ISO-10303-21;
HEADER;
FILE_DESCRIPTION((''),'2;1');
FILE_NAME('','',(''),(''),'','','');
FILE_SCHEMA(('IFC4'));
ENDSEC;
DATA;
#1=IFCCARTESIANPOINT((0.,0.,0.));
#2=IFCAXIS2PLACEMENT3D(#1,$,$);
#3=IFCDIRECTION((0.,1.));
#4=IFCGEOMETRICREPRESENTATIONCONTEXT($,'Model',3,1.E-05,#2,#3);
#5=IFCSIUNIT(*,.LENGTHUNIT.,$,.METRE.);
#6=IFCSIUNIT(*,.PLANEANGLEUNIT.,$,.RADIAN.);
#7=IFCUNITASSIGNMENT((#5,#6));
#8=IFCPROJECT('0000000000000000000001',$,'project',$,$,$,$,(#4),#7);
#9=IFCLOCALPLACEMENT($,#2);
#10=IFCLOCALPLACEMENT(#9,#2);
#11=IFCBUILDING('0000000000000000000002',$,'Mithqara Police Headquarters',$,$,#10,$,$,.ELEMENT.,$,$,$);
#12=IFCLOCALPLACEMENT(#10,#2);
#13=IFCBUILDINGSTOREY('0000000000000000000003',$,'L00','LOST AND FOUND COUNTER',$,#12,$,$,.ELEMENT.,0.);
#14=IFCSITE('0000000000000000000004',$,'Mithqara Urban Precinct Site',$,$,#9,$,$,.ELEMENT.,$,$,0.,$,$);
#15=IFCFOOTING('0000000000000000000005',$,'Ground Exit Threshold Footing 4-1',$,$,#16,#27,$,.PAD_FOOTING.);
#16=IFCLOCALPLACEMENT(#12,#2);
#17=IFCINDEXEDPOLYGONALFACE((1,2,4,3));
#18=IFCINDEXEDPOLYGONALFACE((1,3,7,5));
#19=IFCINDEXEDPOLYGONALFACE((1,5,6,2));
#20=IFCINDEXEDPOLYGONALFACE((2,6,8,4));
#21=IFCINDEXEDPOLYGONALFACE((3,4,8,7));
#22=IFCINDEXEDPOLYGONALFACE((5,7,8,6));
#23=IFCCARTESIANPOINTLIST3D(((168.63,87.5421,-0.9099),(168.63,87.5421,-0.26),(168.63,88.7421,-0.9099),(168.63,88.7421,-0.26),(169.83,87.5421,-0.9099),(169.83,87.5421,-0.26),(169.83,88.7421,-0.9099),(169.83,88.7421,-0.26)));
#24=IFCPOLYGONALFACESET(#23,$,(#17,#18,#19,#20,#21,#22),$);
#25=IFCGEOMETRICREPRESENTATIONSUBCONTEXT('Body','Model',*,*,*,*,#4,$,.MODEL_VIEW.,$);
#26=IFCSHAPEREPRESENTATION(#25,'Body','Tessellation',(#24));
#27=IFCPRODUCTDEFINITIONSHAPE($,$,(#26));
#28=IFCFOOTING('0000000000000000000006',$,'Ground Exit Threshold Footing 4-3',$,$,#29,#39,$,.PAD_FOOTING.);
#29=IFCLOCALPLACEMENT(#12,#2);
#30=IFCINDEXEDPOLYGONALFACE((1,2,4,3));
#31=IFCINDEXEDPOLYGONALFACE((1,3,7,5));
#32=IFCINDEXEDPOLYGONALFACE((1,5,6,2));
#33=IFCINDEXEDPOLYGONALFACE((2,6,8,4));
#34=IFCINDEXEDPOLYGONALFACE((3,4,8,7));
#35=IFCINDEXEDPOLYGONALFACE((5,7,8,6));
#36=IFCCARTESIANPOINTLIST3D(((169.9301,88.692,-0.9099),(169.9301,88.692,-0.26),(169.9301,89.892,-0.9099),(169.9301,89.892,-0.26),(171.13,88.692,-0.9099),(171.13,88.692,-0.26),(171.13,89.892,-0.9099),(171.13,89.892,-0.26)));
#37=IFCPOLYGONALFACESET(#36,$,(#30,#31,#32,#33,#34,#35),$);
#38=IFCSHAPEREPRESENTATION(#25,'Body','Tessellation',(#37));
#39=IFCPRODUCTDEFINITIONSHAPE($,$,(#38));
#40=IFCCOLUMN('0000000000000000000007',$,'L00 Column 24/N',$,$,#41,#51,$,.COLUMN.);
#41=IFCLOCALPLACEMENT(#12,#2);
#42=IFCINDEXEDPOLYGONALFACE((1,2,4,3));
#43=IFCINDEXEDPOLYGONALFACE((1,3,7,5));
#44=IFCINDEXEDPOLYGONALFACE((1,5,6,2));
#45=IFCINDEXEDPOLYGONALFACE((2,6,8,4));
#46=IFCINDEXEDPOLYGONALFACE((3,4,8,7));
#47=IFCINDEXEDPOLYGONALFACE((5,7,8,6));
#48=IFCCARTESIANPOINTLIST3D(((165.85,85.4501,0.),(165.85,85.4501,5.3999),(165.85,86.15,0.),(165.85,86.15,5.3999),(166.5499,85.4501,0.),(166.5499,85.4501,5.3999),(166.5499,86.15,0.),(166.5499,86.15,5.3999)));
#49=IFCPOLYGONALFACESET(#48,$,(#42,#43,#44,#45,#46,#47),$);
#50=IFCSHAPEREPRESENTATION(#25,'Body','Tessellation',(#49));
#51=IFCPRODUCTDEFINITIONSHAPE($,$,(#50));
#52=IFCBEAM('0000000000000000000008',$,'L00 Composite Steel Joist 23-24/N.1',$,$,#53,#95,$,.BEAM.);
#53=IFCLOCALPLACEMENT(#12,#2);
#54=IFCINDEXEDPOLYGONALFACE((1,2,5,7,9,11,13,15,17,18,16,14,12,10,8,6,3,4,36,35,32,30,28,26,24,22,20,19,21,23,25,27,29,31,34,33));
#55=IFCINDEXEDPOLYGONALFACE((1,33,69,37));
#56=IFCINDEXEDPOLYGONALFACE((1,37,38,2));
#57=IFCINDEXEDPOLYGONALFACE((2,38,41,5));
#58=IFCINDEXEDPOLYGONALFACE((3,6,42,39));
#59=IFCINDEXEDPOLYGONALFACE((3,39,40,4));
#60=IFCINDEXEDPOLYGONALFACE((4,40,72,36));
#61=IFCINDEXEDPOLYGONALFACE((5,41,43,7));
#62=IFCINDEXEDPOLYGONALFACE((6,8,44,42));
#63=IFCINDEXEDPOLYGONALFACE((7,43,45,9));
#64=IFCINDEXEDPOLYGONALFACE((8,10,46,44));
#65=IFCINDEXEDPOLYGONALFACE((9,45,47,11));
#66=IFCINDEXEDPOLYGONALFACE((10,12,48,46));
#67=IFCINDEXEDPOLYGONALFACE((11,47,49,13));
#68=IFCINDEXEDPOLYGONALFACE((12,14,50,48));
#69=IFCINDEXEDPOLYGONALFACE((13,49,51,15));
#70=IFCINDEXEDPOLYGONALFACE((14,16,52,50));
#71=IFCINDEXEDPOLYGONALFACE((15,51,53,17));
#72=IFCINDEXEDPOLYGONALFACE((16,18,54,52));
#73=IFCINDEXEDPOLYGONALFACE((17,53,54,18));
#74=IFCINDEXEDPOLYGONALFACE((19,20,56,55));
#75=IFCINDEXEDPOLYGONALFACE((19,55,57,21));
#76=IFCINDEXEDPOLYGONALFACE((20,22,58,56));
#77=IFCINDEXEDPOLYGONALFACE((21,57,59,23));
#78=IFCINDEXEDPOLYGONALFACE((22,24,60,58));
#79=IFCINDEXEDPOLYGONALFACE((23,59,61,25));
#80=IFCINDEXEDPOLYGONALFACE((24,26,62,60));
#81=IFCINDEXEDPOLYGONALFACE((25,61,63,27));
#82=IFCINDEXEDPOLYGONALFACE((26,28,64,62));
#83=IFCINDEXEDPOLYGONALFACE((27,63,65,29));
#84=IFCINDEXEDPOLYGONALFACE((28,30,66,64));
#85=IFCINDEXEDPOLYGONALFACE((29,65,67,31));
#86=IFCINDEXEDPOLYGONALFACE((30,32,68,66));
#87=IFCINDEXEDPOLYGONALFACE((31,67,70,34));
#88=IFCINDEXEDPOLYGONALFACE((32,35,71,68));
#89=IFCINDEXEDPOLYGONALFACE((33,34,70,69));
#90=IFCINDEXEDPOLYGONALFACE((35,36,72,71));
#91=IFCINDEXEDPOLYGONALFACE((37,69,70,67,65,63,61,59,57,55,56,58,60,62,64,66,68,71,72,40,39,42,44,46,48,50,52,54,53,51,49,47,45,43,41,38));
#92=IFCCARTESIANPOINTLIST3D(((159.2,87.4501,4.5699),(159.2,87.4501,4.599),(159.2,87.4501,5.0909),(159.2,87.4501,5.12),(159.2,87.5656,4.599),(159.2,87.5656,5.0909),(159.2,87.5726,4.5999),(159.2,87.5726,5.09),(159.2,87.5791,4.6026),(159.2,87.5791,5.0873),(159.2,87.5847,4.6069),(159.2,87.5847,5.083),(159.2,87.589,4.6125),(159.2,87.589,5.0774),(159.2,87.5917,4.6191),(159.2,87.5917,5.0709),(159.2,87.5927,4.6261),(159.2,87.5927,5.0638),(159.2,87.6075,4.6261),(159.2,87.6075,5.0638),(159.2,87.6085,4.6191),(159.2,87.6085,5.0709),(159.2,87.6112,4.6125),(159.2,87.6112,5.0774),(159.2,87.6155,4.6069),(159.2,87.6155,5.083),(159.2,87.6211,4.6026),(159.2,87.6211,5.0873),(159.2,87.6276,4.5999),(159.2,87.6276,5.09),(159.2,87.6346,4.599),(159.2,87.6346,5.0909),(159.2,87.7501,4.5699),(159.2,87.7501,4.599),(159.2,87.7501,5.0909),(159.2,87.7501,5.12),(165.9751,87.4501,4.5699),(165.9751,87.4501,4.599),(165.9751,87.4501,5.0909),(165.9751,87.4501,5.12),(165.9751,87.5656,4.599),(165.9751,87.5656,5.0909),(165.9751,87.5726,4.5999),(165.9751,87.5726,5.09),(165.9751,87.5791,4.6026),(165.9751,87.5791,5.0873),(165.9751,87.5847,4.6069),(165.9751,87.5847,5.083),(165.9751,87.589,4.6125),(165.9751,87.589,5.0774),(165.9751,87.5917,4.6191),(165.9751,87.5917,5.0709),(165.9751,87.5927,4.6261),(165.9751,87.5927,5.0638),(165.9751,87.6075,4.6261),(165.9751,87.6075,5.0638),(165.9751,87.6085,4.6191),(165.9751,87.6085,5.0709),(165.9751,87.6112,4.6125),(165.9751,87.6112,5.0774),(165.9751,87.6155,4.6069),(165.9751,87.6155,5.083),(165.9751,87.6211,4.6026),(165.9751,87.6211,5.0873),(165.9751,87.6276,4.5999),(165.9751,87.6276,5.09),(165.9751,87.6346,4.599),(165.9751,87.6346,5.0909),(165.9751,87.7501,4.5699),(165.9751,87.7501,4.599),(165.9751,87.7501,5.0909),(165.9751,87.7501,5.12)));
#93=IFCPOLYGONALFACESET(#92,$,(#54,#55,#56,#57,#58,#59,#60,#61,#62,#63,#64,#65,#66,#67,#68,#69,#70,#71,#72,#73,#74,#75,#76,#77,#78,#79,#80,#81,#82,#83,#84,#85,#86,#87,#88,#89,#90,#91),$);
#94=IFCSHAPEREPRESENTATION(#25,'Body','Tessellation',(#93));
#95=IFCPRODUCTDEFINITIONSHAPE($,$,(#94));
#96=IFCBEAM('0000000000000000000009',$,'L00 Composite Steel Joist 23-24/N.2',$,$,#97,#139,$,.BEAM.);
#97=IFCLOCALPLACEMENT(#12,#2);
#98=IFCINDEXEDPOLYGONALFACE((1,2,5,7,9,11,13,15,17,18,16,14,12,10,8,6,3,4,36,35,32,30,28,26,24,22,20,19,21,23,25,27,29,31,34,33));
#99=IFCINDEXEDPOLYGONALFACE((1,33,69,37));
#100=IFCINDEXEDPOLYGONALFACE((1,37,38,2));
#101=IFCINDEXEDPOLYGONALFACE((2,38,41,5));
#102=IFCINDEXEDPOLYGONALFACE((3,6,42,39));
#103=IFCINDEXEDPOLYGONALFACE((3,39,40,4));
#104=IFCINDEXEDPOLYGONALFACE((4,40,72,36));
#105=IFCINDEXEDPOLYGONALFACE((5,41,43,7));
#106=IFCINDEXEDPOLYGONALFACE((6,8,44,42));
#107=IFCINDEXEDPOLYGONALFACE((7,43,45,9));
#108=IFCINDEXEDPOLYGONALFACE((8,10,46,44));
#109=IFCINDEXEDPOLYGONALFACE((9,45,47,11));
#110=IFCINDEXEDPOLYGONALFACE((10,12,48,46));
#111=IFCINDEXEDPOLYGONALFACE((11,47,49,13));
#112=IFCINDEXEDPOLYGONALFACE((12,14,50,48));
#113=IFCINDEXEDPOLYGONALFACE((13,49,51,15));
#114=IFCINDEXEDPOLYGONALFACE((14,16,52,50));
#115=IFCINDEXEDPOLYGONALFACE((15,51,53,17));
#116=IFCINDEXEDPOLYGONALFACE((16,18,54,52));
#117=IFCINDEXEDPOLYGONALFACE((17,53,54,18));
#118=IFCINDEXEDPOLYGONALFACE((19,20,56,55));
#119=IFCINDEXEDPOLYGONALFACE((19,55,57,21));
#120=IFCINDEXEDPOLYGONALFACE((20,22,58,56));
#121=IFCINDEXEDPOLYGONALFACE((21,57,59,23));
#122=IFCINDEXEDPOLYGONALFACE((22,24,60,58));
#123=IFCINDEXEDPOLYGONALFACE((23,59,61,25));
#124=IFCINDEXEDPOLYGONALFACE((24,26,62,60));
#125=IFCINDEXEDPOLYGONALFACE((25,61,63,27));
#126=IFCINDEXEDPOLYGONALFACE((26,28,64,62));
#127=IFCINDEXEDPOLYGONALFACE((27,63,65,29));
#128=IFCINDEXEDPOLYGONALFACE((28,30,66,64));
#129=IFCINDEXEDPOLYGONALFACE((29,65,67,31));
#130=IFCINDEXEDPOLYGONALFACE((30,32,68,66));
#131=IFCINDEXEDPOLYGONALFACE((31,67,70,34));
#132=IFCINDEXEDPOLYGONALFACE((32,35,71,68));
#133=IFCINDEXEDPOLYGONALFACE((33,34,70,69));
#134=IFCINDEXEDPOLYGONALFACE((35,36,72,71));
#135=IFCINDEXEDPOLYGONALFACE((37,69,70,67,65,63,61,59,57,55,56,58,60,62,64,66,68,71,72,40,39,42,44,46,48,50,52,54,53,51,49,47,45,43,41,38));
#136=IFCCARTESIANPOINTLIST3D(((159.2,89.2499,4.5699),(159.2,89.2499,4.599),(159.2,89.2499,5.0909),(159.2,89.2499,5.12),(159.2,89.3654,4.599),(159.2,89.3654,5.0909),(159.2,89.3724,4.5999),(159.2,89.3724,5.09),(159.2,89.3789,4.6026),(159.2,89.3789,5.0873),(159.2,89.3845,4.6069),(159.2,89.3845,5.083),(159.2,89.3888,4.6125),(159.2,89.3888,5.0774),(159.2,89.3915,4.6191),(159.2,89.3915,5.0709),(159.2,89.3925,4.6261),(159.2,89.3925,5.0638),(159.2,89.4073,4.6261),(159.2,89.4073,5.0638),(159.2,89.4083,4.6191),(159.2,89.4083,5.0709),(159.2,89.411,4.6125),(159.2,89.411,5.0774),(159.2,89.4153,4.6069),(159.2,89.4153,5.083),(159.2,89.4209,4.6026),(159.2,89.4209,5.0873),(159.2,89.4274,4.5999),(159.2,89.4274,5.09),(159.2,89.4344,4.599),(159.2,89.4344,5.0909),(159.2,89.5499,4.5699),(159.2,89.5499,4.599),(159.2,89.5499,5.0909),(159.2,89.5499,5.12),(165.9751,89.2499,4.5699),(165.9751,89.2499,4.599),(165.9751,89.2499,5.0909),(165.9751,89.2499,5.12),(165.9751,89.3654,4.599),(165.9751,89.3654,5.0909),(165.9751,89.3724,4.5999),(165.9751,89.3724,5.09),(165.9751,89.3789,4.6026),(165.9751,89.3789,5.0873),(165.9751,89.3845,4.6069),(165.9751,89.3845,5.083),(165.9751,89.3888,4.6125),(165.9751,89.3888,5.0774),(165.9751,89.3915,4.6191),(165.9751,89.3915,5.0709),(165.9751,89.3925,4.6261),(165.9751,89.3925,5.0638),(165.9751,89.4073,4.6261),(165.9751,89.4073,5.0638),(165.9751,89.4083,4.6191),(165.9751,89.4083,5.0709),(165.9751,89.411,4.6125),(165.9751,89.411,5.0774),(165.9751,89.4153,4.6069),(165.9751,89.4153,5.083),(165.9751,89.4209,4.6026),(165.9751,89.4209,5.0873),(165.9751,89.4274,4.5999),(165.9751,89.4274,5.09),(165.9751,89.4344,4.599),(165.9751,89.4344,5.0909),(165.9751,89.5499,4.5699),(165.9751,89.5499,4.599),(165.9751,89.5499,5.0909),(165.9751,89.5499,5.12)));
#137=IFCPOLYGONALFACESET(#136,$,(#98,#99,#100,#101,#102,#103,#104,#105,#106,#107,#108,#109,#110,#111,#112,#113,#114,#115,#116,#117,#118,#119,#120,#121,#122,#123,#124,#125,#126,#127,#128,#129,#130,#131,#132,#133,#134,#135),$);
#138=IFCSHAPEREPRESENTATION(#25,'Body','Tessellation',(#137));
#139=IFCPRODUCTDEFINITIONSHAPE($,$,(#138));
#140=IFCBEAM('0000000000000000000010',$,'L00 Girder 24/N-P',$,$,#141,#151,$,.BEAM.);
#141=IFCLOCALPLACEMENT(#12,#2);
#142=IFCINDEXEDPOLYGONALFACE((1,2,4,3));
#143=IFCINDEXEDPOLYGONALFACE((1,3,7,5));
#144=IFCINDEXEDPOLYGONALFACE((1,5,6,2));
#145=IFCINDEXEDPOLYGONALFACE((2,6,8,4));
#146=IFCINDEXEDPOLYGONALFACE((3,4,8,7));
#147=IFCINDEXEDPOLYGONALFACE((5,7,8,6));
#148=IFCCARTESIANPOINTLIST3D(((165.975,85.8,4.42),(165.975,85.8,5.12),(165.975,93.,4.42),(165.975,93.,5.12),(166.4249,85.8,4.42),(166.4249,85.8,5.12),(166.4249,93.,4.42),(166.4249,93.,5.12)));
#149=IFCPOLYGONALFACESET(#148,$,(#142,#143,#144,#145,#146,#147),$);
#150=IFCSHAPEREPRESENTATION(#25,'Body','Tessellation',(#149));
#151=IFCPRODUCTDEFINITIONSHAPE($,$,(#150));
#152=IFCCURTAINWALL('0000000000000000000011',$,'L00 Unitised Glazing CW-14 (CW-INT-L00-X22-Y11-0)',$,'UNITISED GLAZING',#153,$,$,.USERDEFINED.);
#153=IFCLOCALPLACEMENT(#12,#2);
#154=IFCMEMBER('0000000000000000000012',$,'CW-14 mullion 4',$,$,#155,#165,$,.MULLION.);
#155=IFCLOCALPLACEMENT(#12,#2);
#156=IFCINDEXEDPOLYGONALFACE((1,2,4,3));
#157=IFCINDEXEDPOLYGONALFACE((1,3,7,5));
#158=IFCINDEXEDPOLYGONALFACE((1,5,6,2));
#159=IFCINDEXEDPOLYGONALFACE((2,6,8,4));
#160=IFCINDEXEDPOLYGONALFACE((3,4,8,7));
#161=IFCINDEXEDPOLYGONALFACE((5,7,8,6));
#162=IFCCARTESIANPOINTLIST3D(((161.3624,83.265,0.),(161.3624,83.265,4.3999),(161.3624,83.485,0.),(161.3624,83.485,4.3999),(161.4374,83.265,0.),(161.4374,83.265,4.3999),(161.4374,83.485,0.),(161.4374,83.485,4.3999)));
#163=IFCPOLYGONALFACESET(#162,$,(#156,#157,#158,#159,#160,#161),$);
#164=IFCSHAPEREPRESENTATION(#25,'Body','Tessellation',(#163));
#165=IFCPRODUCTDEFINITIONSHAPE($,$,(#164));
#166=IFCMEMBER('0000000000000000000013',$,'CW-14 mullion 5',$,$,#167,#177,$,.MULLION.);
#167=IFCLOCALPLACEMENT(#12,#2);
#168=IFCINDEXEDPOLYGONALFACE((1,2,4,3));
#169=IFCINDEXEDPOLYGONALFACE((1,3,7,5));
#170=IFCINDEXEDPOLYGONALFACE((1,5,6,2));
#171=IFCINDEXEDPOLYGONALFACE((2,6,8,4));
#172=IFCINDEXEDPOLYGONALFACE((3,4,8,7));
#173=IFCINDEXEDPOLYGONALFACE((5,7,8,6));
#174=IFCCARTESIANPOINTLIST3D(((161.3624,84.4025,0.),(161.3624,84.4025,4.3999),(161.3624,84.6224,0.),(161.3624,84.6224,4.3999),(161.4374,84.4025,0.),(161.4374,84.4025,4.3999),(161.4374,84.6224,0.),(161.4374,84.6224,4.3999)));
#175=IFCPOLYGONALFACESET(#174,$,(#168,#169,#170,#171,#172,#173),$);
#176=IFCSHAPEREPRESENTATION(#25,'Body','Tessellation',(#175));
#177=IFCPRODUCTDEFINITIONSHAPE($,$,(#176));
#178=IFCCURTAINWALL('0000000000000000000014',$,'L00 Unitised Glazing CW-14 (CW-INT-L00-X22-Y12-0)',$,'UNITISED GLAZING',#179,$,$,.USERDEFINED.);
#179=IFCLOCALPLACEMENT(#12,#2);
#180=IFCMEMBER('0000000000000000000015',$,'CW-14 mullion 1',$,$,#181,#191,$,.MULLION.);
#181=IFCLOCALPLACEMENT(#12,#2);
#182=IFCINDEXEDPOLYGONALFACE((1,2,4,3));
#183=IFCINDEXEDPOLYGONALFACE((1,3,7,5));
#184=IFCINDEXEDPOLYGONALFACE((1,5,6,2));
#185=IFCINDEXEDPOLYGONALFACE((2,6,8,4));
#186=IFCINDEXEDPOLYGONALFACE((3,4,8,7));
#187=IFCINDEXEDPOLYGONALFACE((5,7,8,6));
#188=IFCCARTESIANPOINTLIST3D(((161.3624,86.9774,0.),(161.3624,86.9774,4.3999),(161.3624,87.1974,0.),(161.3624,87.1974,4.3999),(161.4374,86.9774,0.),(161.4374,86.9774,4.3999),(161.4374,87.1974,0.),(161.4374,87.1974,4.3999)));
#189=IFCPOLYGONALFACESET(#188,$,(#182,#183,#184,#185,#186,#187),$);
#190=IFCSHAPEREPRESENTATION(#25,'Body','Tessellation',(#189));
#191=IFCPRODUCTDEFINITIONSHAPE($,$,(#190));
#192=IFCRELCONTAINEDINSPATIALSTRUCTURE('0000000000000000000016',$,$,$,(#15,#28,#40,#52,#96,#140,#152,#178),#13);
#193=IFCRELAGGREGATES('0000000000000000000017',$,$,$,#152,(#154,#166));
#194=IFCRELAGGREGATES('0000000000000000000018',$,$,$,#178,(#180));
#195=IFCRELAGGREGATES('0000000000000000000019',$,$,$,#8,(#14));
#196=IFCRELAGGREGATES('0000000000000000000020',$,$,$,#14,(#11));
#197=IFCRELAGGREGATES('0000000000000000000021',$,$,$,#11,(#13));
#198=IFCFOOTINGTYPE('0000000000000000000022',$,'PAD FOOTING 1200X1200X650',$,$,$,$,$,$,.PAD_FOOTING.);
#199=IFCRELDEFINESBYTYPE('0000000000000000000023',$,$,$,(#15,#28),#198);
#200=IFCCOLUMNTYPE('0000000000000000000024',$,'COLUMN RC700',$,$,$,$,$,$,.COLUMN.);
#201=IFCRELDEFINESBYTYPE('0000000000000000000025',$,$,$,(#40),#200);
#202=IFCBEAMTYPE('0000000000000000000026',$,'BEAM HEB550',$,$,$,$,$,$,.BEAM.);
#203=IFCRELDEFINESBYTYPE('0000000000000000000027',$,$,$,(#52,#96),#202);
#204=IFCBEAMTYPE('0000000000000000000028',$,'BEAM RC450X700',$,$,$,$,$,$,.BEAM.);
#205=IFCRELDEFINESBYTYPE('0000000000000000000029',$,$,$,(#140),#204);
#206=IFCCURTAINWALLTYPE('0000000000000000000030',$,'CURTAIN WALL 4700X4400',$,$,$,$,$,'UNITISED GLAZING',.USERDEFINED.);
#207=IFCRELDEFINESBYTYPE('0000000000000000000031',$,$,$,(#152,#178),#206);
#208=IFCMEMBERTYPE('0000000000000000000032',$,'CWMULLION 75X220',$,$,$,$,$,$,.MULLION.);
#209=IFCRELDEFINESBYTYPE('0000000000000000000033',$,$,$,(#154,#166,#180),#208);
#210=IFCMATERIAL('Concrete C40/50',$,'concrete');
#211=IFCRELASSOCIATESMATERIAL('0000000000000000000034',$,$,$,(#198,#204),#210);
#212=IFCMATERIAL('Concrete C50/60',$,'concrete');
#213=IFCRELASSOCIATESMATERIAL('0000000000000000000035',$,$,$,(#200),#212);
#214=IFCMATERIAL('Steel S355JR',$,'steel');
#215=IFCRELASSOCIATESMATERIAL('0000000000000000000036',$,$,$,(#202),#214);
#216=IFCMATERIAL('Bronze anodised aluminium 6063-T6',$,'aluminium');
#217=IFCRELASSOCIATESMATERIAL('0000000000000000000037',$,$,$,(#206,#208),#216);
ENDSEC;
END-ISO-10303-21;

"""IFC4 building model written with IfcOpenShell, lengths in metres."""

from ifc_helpers import new_model, si_unit, direction, frame, origin, origin_2d, place, context, subcontext, project, spatial, rectangle, i_section, extrude, material, material_profile, profile_set, type_object, element, aggregate, save


model = new_model("IFC4")

# Units and contexts
model_context = context("Model", 3, precision=1e-05, world=origin(), true_north=direction((0.0, 1.0)))
body_context = subcontext(model_context, "Body", "Model", "MODEL_VIEW")
ifc_project = project(units=[si_unit("LENGTHUNIT", "METRE"), si_unit("PLANEANGLEUNIT", "RADIAN")], contexts=[model_context])

# Site, building, storey
site_placement = place(None, origin())
site = spatial("IfcSite", under=ifc_project, at=site_placement, Name="Mithqara Urban Precinct Site", CompositionType="ELEMENT", RefElevation=0.0)
building_placement = place(site_placement, origin())
building = spatial("IfcBuilding", under=site, at=building_placement, Name="Mithqara Police Headquarters", CompositionType="ELEMENT")
storey_placement = place(building_placement, origin())
storey = spatial("IfcBuildingStorey", under=building, at=storey_placement, Name="L00", Description="LOST AND FOUND COUNTER", CompositionType="ELEMENT", Elevation=0.0)

# Footings
ifc_material_1 = material(Name="Concrete C40/50", Category="concrete")
footing_type = type_object("IfcFootingType", Name="PAD FOOTING 1200X1200X650", PredefinedType="PAD_FOOTING", material=ifc_material_1)
for number, where, z_axis, x_axis, name in (
    (1, (169.23, 88.1421, -0.9099), (0.0, 0.0, 1.0), (1.0, 0.0, 0.0), "Ground Exit Threshold Footing 4-1"),
    (2, (170.53, 89.292, -0.9099), (0.0, 0.0, 1.0), (1.0, 0.0, 0.0), "Ground Exit Threshold Footing 4-3"),
):
    element("IfcFooting", number, at=place(storey_placement, frame(where, z_axis=z_axis, x_axis=x_axis)), inside=storey, type_object=footing_type, Name=name, PredefinedType="PAD_FOOTING", context=body_context, shape_type="SweptSolid", body=[
        extrude(rectangle(XDim=1.2, YDim=1.2, at=origin_2d()), origin(), (0.0, 0.0, 1.0), 0.6499),
    ])

# Column
ifc_material_2 = material(Name="Concrete C50/60", Category="concrete")
ifc_material_profile_1 = material_profile(ifc_material_2, rectangle(XDim=0.7, YDim=0.7, at=origin_2d()), Name="RC 700x700")
ifc_profile_set_1 = profile_set([ifc_material_profile_1], Name="Concrete C50/60")
column_type = type_object("IfcColumnType", Name="COLUMN RC700", PredefinedType="COLUMN", material=ifc_profile_set_1)
column_placement = place(storey_placement, frame((166.2, 85.8, 0.0), z_axis=(0.0, 0.0, 1.0), x_axis=(1.0, 0.0, 0.0)))
element("IfcColumn", 3, at=column_placement, inside=storey, type_object=column_type, Name="L00 Column 24/N", PredefinedType="COLUMN", context=body_context, shape_type="SweptSolid", body=[
    extrude(rectangle(XDim=0.7, YDim=0.7, at=origin_2d()), origin(), (0.0, 0.0, 1.0), 5.3999),
])

# Beams
ifc_material_3 = material(Name="Steel S355JR", Category="steel")
ifc_material_profile_2 = material_profile(ifc_material_3, i_section(OverallWidth=0.3, OverallDepth=0.55, WebThickness=0.0149, FlangeThickness=0.0291, FilletRadius=0.0271, at=origin_2d()), Name="HEB 550")
ifc_profile_set_2 = profile_set([ifc_material_profile_2], Name="Steel S355JR")
beam_type_1 = type_object("IfcBeamType", Name="BEAM HEB550", PredefinedType="BEAM", material=ifc_profile_set_2)
for number, where, z_axis, x_axis, name in (
    (4, (159.2, 87.6001, 4.845), (1.0, 0.0, 0.0), (0.0, 1.0, 0.0), "L00 Composite Steel Joist 23-24/N.1"),
    (5, (159.2, 89.3999, 4.845), (1.0, 0.0, 0.0), (0.0, 1.0, 0.0), "L00 Composite Steel Joist 23-24/N.2"),
):
    element("IfcBeam", number, at=place(storey_placement, frame(where, z_axis=z_axis, x_axis=x_axis)), inside=storey, type_object=beam_type_1, Name=name, PredefinedType="BEAM", context=body_context, shape_type="SweptSolid", body=[
        extrude(i_section(OverallWidth=0.3, OverallDepth=0.55, WebThickness=0.0149, FlangeThickness=0.0291, FilletRadius=0.0271, at=origin_2d()), origin(), (0.0, 0.0, 1.0), 6.7751),
    ])
ifc_material_profile_3 = material_profile(ifc_material_1, rectangle(XDim=0.45, YDim=0.7, at=origin_2d()), Name="RC 450x700")
ifc_profile_set_3 = profile_set([ifc_material_profile_3], Name="Concrete C40/50")
beam_type_2 = type_object("IfcBeamType", Name="BEAM RC450X700", PredefinedType="BEAM", material=ifc_profile_set_3)
beam_placement = place(storey_placement, frame((166.2, 85.8, 4.77), z_axis=(0.0, 1.0, 0.0), x_axis=(-1.0, 0.0, 0.0)))
element("IfcBeam", 6, at=beam_placement, inside=storey, type_object=beam_type_2, Name="L00 Girder 24/N-P", PredefinedType="BEAM", context=body_context, shape_type="SweptSolid", body=[
    extrude(rectangle(XDim=0.45, YDim=0.7, at=origin_2d()), origin(), (0.0, 0.0, 1.0), 7.2),
])

# Curtain walls, members
ifc_material_4 = material(Name="Bronze anodised aluminium 6063-T6", Category="aluminium")
curtain_wall_type = type_object("IfcCurtainWallType", Name="CURTAIN WALL 4700X4400", ElementType="UNITISED GLAZING", PredefinedType="USERDEFINED", material=ifc_material_4)
curtain_wall_1_placement = place(storey_placement, origin())
curtain_wall_1 = element("IfcCurtainWall", 7, at=curtain_wall_1_placement, inside=storey, type_object=curtain_wall_type, Name="L00 Unitised Glazing CW-14 (CW-INT-L00-X22-Y11-0)", ObjectType="UNITISED GLAZING", PredefinedType="USERDEFINED")
ifc_material_profile_4 = material_profile(ifc_material_4, rectangle(XDim=0.075, YDim=0.22, at=origin_2d()), Name="CWM 75x220")
ifc_profile_set_4 = profile_set([ifc_material_profile_4], Name="Bronze anodised aluminium 6063-T6")
member_type_1 = type_object("IfcMemberType", Name="CWMULLION 75X220", PredefinedType="MULLION", material=ifc_profile_set_4)
member_1_placement = place(storey_placement, frame((161.3999, 83.375, 0.0), z_axis=(0.0, 0.0, 1.0), x_axis=(-1.0, 0.0, 0.0)))
member_1 = element("IfcMember", 8, at=member_1_placement, type_object=member_type_1, Name="CW-14 mullion 4", PredefinedType="MULLION", context=body_context, shape_type="SweptSolid", body=[
    extrude(rectangle(XDim=0.075, YDim=0.22, at=origin_2d()), origin(), (0.0, 0.0, 1.0), 4.3999),
])
member_2_placement = place(storey_placement, frame((161.3999, 84.5125, 0.0), z_axis=(0.0, 0.0, 1.0), x_axis=(-1.0, 0.0, 0.0)))
member_2 = element("IfcMember", 9, at=member_2_placement, type_object=member_type_1, Name="CW-14 mullion 5", PredefinedType="MULLION", context=body_context, shape_type="SweptSolid", body=[
    extrude(rectangle(XDim=0.075, YDim=0.22, at=origin_2d()), origin(), (0.0, 0.0, 1.0), 4.3999),
])
curtain_wall_2_placement = place(storey_placement, origin())
curtain_wall_2 = element("IfcCurtainWall", 10, at=curtain_wall_2_placement, inside=storey, type_object=curtain_wall_type, Name="L00 Unitised Glazing CW-14 (CW-INT-L00-X22-Y12-0)", ObjectType="UNITISED GLAZING", PredefinedType="USERDEFINED")
member_3_placement = place(storey_placement, frame((161.3999, 87.0874, 0.0), z_axis=(0.0, 0.0, 1.0), x_axis=(-1.0, 0.0, 0.0)))
member_3 = element("IfcMember", 11, at=member_3_placement, type_object=member_type_1, Name="CW-14 mullion 1", PredefinedType="MULLION", context=body_context, shape_type="SweptSolid", body=[
    extrude(rectangle(XDim=0.075, YDim=0.22, at=origin_2d()), origin(), (0.0, 0.0, 1.0), 4.3999),
])

aggregate(curtain_wall_1, [member_1, member_2])
aggregate(curtain_wall_2, [member_3])

save(model, "model.ifc")
